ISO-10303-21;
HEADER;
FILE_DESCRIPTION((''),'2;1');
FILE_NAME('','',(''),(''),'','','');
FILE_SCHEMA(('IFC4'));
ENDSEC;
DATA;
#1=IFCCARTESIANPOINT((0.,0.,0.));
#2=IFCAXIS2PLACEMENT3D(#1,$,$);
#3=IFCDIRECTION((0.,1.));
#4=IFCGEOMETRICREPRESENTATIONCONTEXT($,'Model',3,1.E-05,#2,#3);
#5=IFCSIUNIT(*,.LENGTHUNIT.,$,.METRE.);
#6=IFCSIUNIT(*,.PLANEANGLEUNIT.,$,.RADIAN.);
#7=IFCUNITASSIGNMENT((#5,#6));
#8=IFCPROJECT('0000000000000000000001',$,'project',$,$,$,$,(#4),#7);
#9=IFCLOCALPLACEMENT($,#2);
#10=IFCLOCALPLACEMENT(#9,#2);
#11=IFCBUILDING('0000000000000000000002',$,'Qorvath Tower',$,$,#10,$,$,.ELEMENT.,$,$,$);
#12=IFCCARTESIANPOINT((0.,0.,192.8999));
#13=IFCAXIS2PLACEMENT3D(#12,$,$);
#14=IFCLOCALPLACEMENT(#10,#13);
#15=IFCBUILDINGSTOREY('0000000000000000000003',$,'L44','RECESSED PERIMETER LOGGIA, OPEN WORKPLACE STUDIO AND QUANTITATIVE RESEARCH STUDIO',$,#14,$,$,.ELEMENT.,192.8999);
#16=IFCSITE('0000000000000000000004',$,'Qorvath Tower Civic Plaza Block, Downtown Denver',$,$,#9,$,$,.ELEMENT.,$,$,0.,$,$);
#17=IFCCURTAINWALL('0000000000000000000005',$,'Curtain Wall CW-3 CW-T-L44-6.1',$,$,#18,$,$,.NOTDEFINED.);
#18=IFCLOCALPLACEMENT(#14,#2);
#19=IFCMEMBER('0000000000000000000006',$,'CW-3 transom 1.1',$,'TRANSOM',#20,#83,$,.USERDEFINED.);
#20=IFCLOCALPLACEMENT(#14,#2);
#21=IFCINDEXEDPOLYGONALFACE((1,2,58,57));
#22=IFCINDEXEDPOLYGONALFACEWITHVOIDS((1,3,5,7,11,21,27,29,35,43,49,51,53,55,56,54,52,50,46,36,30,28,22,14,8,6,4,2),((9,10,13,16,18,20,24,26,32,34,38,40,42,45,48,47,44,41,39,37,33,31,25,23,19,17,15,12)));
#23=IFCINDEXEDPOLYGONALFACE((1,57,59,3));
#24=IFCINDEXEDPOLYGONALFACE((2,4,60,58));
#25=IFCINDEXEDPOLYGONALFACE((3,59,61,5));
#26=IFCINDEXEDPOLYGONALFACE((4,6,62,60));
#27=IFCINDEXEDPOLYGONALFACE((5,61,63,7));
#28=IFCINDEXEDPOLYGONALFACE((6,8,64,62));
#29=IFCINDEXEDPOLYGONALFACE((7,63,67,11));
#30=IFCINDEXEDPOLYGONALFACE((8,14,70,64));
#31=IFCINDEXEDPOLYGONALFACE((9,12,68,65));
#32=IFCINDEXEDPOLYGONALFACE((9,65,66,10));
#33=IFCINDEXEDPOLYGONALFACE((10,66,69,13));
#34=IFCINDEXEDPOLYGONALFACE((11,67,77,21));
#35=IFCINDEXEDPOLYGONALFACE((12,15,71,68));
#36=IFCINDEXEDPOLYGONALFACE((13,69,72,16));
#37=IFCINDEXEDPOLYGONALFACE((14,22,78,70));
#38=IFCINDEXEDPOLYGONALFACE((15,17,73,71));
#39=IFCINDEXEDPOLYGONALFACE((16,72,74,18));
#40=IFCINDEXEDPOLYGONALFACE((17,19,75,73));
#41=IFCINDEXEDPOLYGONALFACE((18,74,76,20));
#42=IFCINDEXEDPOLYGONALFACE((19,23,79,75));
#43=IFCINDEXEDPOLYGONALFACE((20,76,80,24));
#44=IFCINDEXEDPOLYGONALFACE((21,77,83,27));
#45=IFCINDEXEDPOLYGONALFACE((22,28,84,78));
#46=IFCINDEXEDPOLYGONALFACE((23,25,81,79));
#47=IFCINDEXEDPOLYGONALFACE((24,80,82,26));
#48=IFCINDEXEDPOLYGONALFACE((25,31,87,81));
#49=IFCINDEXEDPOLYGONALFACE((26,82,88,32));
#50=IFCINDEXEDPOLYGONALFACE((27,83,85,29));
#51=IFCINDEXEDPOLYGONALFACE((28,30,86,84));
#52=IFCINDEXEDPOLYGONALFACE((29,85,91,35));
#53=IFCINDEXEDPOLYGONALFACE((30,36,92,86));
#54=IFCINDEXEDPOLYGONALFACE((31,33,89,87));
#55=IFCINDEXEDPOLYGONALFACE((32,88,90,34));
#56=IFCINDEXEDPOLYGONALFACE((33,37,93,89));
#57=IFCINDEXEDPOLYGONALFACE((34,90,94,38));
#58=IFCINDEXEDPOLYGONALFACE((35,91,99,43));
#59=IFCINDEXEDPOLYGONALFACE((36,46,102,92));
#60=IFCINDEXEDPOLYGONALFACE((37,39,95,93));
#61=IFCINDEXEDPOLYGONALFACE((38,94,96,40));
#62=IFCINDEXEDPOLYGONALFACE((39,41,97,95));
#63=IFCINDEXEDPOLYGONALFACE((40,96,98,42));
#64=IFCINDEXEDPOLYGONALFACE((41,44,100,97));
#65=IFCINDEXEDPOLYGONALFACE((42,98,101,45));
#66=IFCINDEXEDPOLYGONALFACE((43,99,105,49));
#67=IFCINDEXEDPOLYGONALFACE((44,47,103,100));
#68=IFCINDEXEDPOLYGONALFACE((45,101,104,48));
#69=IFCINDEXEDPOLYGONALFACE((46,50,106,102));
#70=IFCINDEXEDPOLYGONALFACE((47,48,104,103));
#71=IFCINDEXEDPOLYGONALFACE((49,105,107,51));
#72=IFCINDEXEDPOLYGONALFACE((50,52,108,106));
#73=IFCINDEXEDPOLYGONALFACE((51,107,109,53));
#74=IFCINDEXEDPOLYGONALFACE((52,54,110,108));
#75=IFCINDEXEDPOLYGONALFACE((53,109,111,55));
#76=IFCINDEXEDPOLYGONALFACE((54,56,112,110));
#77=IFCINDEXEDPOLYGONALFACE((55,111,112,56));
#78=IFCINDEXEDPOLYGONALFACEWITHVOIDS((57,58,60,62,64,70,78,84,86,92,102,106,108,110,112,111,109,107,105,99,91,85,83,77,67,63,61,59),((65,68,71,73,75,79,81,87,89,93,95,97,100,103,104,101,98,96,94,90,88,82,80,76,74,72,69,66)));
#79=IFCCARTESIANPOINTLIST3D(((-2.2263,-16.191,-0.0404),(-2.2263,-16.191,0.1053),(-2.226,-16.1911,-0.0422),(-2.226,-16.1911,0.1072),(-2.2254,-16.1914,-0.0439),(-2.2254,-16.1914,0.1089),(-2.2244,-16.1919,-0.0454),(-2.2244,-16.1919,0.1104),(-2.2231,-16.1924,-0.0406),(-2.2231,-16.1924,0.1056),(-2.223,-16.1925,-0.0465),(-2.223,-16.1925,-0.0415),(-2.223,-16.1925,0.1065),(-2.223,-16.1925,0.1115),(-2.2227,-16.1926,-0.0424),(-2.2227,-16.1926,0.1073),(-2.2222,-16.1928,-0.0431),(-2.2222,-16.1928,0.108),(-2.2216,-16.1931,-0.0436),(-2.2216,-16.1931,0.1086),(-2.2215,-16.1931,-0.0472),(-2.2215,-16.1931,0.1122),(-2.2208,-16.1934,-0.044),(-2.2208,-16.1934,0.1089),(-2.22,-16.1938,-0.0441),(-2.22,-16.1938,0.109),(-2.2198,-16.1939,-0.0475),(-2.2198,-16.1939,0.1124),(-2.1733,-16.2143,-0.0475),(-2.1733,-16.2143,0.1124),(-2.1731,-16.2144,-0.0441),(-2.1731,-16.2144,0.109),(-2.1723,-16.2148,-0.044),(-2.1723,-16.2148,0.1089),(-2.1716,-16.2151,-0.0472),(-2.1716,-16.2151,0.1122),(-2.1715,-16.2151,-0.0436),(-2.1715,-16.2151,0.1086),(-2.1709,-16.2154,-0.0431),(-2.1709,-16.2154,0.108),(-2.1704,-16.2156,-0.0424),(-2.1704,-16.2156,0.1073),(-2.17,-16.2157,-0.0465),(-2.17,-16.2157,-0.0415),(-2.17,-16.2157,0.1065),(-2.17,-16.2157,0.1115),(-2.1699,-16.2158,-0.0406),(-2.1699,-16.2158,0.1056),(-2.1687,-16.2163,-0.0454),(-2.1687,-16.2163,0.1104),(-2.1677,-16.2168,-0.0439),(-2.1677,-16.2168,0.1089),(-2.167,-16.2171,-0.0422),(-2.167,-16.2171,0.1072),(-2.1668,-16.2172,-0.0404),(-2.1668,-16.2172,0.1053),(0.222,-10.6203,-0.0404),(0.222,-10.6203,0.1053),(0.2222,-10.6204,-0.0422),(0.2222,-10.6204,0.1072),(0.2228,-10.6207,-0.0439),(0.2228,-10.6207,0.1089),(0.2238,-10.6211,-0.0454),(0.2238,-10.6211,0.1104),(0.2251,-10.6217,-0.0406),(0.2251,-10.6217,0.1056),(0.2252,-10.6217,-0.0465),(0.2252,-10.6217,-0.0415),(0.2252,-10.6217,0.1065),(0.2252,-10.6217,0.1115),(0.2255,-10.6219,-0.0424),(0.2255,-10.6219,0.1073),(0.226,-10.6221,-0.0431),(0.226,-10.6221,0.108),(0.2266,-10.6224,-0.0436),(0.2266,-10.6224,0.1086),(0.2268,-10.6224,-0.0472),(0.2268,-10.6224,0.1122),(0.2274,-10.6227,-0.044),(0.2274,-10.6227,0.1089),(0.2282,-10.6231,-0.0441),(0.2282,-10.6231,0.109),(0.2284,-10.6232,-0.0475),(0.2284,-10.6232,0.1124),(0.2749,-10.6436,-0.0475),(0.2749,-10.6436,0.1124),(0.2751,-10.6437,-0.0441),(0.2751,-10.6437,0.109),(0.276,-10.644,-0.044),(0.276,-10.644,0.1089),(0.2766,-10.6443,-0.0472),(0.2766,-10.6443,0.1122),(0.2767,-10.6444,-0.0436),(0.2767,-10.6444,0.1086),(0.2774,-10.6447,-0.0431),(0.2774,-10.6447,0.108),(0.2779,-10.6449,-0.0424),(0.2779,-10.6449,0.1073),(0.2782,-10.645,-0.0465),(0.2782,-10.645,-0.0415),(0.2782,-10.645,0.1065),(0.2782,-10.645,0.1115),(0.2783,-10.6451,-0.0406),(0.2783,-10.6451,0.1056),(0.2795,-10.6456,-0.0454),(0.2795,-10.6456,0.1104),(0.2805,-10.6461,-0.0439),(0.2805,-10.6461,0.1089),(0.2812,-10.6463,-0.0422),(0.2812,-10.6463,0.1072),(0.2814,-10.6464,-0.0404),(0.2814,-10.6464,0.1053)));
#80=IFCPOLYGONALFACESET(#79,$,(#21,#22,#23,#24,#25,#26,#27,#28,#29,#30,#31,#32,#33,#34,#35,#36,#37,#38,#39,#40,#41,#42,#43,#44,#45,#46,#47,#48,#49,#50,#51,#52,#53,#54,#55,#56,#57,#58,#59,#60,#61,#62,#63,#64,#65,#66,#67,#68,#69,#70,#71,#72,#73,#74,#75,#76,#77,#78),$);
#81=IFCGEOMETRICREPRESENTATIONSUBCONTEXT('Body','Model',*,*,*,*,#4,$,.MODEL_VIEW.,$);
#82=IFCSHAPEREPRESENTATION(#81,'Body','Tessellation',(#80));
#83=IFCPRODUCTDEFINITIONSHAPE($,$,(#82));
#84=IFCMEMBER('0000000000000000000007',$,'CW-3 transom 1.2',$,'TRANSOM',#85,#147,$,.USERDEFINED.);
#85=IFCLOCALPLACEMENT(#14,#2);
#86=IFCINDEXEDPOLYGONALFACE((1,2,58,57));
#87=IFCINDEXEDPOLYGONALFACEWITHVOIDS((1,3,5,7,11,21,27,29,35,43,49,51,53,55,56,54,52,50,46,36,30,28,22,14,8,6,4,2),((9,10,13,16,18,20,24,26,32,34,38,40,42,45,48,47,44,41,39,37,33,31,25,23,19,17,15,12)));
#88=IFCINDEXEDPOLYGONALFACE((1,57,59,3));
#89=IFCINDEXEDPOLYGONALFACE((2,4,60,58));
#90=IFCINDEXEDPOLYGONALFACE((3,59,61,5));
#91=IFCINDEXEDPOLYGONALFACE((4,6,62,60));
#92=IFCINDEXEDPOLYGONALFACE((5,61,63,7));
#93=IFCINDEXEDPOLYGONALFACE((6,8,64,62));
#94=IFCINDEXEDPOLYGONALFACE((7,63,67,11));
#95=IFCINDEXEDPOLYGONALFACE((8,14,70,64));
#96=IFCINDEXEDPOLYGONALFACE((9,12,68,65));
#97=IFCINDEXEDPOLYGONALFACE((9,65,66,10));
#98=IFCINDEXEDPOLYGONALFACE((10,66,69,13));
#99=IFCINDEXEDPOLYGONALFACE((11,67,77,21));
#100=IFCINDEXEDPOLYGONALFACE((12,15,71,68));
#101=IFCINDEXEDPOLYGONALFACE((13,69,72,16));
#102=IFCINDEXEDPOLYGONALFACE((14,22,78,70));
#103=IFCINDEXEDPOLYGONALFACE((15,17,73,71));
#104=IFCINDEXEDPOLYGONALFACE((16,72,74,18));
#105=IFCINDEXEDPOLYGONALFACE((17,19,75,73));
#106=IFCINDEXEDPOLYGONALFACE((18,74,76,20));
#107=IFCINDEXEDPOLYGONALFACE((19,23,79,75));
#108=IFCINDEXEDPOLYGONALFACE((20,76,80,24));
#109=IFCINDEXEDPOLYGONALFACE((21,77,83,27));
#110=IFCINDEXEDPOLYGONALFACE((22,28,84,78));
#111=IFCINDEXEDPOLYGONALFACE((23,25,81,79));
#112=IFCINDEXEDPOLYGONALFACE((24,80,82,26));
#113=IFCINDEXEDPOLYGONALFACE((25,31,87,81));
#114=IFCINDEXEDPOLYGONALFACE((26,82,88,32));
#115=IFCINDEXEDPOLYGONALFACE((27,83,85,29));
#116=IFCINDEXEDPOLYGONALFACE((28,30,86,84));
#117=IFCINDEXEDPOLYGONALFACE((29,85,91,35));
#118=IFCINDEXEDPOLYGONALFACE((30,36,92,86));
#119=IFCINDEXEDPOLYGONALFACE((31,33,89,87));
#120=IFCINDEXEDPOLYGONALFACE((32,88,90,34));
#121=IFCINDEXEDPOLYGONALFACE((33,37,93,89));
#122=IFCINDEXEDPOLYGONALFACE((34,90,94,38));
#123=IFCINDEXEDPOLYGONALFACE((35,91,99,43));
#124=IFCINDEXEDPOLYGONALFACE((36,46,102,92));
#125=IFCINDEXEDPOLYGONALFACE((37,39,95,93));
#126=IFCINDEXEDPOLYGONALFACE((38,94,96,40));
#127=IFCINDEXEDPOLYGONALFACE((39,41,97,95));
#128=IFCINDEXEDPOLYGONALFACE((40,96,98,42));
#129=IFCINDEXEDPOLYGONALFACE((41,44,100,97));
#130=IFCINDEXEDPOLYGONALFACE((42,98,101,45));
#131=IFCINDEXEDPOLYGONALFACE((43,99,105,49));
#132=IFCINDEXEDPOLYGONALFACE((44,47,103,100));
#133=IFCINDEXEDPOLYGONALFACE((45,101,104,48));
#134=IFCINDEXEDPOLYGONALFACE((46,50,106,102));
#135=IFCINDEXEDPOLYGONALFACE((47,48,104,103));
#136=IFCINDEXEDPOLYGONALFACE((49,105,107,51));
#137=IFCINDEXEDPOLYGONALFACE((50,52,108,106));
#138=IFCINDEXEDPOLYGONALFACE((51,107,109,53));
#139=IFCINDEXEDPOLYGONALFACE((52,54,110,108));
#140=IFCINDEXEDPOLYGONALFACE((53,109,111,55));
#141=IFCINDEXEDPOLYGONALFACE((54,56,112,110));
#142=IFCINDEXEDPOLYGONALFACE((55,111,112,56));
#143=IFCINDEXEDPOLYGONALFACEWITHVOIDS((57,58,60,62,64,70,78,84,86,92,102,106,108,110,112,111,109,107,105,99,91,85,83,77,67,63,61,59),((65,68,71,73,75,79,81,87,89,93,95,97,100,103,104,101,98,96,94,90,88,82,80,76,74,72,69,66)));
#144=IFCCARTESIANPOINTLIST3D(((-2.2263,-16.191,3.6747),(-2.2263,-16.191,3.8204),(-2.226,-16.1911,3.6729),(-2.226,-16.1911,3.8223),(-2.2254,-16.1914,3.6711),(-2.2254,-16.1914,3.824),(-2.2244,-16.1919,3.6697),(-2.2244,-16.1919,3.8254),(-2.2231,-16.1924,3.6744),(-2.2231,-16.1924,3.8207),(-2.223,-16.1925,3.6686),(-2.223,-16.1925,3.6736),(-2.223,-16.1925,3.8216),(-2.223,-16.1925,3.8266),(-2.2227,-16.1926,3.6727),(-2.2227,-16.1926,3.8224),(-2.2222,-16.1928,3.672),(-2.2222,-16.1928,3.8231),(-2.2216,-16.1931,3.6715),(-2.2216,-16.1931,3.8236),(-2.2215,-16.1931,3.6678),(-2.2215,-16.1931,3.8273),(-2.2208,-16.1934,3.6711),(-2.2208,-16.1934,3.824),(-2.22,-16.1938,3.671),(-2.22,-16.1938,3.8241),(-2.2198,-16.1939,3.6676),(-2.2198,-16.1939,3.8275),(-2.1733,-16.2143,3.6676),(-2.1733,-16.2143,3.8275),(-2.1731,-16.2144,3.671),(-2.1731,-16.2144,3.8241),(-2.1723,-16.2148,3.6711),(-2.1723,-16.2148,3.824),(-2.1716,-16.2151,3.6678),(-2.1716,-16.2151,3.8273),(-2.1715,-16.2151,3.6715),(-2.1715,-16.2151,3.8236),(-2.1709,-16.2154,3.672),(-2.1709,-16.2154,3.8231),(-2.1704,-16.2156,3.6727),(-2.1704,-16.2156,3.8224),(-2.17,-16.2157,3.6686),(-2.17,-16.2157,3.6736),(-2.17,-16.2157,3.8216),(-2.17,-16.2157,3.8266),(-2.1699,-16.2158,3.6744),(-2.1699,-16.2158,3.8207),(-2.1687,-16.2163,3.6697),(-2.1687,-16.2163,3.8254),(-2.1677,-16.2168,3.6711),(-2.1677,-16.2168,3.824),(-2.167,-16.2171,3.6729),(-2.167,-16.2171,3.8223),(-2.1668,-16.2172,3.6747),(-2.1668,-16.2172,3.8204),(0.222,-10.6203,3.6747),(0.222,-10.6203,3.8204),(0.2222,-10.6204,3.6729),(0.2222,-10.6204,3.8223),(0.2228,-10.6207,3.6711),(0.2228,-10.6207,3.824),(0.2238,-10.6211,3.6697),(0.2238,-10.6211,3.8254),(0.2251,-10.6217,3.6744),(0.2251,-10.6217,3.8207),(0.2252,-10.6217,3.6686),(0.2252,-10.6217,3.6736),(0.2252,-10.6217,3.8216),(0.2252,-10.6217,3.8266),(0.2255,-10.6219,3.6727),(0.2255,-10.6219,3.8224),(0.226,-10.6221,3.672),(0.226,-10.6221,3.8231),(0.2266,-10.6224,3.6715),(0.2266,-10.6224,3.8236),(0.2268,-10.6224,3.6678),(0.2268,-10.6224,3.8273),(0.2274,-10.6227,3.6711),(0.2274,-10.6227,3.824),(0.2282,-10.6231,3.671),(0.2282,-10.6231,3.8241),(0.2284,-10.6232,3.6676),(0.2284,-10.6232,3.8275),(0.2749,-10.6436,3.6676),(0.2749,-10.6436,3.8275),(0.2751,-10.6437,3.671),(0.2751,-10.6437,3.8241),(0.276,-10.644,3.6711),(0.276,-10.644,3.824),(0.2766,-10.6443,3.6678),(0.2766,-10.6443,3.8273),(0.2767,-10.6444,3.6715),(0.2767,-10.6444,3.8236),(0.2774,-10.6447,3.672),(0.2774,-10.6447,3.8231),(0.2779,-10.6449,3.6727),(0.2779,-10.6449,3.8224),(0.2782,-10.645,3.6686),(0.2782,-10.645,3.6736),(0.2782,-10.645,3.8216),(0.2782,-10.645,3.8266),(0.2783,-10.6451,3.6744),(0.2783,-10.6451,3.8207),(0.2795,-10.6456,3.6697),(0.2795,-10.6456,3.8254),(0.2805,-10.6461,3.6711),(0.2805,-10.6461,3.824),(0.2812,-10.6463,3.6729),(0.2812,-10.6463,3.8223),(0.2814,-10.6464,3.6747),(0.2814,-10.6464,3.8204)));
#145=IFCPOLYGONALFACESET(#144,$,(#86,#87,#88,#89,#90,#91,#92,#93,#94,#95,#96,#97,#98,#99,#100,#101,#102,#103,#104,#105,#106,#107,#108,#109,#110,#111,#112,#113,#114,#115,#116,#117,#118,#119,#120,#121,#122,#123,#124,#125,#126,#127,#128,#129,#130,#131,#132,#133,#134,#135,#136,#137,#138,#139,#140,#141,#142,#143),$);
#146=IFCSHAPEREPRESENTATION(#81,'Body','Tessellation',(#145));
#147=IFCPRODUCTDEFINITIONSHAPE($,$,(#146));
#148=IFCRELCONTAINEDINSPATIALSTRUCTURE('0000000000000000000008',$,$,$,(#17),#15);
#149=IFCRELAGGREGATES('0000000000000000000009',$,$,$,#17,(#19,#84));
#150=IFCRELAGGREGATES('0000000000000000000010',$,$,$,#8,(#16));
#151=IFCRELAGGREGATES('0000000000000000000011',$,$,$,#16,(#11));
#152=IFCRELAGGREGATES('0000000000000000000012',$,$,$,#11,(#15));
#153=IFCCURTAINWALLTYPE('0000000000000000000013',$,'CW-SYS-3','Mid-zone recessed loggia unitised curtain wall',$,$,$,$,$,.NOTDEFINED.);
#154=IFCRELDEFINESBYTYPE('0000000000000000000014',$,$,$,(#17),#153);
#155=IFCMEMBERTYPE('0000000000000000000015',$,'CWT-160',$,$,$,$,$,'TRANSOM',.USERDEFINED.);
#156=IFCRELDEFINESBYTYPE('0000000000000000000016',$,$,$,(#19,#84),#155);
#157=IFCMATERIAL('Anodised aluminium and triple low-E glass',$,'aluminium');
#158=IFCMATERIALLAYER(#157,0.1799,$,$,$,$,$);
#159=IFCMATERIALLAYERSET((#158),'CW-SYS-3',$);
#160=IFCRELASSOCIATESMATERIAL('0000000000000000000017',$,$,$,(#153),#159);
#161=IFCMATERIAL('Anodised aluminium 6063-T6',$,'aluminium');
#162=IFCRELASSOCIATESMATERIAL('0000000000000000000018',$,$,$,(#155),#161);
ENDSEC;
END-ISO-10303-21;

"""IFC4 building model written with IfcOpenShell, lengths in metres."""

from ifc_helpers import new_model, si_unit, direction, frame, origin, origin_2d, place, context, subcontext, project, spatial, hollow_rectangle, extrude, material, layer, layer_set, material_profile, profile_set, type_object, element, aggregate, save


model = new_model("IFC4")

# Units and contexts
model_context = context("Model", 3, precision=1e-05, world=origin(), true_north=direction((0.0, 1.0)))
body_context = subcontext(model_context, "Body", "Model", "MODEL_VIEW")
ifc_project = project(units=[si_unit("LENGTHUNIT", "METRE"), si_unit("PLANEANGLEUNIT", "RADIAN")], contexts=[model_context])

# Site, building, storey
site_placement = place(None, origin())
site = spatial("IfcSite", under=ifc_project, at=site_placement, Name="Qorvath Tower Civic Plaza Block, Downtown Denver", CompositionType="ELEMENT", RefElevation=0.0)
building_placement = place(site_placement, origin())
building = spatial("IfcBuilding", under=site, at=building_placement, Name="Qorvath Tower", CompositionType="ELEMENT")
storey_placement = place(building_placement, frame((0.0, 0.0, 192.8999)))
storey = spatial("IfcBuildingStorey", under=building, at=storey_placement, Name="L44", Description="RECESSED PERIMETER LOGGIA, OPEN WORKPLACE STUDIO AND QUANTITATIVE RESEARCH STUDIO", CompositionType="ELEMENT", Elevation=192.8999)

# Curtain wall
ifc_material_1 = material(Name="Anodised aluminium and triple low-E glass", Category="aluminium")
ifc_layer_1 = layer(ifc_material_1, 0.1799)
ifc_layer_set_1 = layer_set([ifc_layer_1], Name="CW-SYS-3")
curtain_wall_type = type_object("IfcCurtainWallType", Name="CW-SYS-3", Description="Mid-zone recessed loggia unitised curtain wall", PredefinedType="NOTDEFINED", material=ifc_layer_set_1)
curtain_wall_1_placement = place(storey_placement, origin())
curtain_wall_1 = element("IfcCurtainWall", 1, at=curtain_wall_1_placement, inside=storey, type_object=curtain_wall_type, Name="Curtain Wall CW-3 CW-T-L44-6.1", PredefinedType="NOTDEFINED")

# Members
ifc_material_2 = material(Name="Anodised aluminium 6063-T6", Category="aluminium")
ifc_material_profile_1 = material_profile(ifc_material_2, hollow_rectangle(XDim=0.0649, YDim=0.1599, WallThickness=0.0034, InnerFilletRadius=0.0034, OuterFilletRadius=0.0071, at=origin_2d()), Name="CWT 160x65")
ifc_profile_set_1 = profile_set([ifc_material_profile_1], Name="Anodised aluminium 6063-T6")
member_type_1 = type_object("IfcMemberType", Name="CWT-160", ElementType="TRANSOM", PredefinedType="USERDEFINED", material=ifc_profile_set_1)
member_1_placement = place(storey_placement, frame((-2.1965, -16.2041, 0.0325), z_axis=(0.402338, 0.915491, 0.0), x_axis=(-0.915491, 0.402338, 0.0)))
member_1 = element("IfcMember", 2, at=member_1_placement, type_object=member_type_1, Name="CW-3 transom 1.1", ObjectType="TRANSOM", PredefinedType="USERDEFINED", context=body_context, shape_type="SweptSolid", body=[
    extrude(hollow_rectangle(XDim=0.0649, YDim=0.1599, WallThickness=0.0034, InnerFilletRadius=0.0034, OuterFilletRadius=0.0071, at=origin_2d()), origin(), (0.0, 0.0, 1.0), 6.085),
])
member_2_placement = place(storey_placement, frame((-2.1965, -16.2041, 3.7476), z_axis=(0.402338, 0.915491, 0.0), x_axis=(-0.915491, 0.402338, 0.0)))
member_2 = element("IfcMember", 3, at=member_2_placement, type_object=member_type_1, Name="CW-3 transom 1.2", ObjectType="TRANSOM", PredefinedType="USERDEFINED", context=body_context, shape_type="SweptSolid", body=[
    extrude(hollow_rectangle(XDim=0.0649, YDim=0.1599, WallThickness=0.0034, InnerFilletRadius=0.0034, OuterFilletRadius=0.0071, at=origin_2d()), origin(), (0.0, 0.0, 1.0), 6.085),
])

aggregate(curtain_wall_1, [member_1, member_2])

save(model, "model.ifc")
